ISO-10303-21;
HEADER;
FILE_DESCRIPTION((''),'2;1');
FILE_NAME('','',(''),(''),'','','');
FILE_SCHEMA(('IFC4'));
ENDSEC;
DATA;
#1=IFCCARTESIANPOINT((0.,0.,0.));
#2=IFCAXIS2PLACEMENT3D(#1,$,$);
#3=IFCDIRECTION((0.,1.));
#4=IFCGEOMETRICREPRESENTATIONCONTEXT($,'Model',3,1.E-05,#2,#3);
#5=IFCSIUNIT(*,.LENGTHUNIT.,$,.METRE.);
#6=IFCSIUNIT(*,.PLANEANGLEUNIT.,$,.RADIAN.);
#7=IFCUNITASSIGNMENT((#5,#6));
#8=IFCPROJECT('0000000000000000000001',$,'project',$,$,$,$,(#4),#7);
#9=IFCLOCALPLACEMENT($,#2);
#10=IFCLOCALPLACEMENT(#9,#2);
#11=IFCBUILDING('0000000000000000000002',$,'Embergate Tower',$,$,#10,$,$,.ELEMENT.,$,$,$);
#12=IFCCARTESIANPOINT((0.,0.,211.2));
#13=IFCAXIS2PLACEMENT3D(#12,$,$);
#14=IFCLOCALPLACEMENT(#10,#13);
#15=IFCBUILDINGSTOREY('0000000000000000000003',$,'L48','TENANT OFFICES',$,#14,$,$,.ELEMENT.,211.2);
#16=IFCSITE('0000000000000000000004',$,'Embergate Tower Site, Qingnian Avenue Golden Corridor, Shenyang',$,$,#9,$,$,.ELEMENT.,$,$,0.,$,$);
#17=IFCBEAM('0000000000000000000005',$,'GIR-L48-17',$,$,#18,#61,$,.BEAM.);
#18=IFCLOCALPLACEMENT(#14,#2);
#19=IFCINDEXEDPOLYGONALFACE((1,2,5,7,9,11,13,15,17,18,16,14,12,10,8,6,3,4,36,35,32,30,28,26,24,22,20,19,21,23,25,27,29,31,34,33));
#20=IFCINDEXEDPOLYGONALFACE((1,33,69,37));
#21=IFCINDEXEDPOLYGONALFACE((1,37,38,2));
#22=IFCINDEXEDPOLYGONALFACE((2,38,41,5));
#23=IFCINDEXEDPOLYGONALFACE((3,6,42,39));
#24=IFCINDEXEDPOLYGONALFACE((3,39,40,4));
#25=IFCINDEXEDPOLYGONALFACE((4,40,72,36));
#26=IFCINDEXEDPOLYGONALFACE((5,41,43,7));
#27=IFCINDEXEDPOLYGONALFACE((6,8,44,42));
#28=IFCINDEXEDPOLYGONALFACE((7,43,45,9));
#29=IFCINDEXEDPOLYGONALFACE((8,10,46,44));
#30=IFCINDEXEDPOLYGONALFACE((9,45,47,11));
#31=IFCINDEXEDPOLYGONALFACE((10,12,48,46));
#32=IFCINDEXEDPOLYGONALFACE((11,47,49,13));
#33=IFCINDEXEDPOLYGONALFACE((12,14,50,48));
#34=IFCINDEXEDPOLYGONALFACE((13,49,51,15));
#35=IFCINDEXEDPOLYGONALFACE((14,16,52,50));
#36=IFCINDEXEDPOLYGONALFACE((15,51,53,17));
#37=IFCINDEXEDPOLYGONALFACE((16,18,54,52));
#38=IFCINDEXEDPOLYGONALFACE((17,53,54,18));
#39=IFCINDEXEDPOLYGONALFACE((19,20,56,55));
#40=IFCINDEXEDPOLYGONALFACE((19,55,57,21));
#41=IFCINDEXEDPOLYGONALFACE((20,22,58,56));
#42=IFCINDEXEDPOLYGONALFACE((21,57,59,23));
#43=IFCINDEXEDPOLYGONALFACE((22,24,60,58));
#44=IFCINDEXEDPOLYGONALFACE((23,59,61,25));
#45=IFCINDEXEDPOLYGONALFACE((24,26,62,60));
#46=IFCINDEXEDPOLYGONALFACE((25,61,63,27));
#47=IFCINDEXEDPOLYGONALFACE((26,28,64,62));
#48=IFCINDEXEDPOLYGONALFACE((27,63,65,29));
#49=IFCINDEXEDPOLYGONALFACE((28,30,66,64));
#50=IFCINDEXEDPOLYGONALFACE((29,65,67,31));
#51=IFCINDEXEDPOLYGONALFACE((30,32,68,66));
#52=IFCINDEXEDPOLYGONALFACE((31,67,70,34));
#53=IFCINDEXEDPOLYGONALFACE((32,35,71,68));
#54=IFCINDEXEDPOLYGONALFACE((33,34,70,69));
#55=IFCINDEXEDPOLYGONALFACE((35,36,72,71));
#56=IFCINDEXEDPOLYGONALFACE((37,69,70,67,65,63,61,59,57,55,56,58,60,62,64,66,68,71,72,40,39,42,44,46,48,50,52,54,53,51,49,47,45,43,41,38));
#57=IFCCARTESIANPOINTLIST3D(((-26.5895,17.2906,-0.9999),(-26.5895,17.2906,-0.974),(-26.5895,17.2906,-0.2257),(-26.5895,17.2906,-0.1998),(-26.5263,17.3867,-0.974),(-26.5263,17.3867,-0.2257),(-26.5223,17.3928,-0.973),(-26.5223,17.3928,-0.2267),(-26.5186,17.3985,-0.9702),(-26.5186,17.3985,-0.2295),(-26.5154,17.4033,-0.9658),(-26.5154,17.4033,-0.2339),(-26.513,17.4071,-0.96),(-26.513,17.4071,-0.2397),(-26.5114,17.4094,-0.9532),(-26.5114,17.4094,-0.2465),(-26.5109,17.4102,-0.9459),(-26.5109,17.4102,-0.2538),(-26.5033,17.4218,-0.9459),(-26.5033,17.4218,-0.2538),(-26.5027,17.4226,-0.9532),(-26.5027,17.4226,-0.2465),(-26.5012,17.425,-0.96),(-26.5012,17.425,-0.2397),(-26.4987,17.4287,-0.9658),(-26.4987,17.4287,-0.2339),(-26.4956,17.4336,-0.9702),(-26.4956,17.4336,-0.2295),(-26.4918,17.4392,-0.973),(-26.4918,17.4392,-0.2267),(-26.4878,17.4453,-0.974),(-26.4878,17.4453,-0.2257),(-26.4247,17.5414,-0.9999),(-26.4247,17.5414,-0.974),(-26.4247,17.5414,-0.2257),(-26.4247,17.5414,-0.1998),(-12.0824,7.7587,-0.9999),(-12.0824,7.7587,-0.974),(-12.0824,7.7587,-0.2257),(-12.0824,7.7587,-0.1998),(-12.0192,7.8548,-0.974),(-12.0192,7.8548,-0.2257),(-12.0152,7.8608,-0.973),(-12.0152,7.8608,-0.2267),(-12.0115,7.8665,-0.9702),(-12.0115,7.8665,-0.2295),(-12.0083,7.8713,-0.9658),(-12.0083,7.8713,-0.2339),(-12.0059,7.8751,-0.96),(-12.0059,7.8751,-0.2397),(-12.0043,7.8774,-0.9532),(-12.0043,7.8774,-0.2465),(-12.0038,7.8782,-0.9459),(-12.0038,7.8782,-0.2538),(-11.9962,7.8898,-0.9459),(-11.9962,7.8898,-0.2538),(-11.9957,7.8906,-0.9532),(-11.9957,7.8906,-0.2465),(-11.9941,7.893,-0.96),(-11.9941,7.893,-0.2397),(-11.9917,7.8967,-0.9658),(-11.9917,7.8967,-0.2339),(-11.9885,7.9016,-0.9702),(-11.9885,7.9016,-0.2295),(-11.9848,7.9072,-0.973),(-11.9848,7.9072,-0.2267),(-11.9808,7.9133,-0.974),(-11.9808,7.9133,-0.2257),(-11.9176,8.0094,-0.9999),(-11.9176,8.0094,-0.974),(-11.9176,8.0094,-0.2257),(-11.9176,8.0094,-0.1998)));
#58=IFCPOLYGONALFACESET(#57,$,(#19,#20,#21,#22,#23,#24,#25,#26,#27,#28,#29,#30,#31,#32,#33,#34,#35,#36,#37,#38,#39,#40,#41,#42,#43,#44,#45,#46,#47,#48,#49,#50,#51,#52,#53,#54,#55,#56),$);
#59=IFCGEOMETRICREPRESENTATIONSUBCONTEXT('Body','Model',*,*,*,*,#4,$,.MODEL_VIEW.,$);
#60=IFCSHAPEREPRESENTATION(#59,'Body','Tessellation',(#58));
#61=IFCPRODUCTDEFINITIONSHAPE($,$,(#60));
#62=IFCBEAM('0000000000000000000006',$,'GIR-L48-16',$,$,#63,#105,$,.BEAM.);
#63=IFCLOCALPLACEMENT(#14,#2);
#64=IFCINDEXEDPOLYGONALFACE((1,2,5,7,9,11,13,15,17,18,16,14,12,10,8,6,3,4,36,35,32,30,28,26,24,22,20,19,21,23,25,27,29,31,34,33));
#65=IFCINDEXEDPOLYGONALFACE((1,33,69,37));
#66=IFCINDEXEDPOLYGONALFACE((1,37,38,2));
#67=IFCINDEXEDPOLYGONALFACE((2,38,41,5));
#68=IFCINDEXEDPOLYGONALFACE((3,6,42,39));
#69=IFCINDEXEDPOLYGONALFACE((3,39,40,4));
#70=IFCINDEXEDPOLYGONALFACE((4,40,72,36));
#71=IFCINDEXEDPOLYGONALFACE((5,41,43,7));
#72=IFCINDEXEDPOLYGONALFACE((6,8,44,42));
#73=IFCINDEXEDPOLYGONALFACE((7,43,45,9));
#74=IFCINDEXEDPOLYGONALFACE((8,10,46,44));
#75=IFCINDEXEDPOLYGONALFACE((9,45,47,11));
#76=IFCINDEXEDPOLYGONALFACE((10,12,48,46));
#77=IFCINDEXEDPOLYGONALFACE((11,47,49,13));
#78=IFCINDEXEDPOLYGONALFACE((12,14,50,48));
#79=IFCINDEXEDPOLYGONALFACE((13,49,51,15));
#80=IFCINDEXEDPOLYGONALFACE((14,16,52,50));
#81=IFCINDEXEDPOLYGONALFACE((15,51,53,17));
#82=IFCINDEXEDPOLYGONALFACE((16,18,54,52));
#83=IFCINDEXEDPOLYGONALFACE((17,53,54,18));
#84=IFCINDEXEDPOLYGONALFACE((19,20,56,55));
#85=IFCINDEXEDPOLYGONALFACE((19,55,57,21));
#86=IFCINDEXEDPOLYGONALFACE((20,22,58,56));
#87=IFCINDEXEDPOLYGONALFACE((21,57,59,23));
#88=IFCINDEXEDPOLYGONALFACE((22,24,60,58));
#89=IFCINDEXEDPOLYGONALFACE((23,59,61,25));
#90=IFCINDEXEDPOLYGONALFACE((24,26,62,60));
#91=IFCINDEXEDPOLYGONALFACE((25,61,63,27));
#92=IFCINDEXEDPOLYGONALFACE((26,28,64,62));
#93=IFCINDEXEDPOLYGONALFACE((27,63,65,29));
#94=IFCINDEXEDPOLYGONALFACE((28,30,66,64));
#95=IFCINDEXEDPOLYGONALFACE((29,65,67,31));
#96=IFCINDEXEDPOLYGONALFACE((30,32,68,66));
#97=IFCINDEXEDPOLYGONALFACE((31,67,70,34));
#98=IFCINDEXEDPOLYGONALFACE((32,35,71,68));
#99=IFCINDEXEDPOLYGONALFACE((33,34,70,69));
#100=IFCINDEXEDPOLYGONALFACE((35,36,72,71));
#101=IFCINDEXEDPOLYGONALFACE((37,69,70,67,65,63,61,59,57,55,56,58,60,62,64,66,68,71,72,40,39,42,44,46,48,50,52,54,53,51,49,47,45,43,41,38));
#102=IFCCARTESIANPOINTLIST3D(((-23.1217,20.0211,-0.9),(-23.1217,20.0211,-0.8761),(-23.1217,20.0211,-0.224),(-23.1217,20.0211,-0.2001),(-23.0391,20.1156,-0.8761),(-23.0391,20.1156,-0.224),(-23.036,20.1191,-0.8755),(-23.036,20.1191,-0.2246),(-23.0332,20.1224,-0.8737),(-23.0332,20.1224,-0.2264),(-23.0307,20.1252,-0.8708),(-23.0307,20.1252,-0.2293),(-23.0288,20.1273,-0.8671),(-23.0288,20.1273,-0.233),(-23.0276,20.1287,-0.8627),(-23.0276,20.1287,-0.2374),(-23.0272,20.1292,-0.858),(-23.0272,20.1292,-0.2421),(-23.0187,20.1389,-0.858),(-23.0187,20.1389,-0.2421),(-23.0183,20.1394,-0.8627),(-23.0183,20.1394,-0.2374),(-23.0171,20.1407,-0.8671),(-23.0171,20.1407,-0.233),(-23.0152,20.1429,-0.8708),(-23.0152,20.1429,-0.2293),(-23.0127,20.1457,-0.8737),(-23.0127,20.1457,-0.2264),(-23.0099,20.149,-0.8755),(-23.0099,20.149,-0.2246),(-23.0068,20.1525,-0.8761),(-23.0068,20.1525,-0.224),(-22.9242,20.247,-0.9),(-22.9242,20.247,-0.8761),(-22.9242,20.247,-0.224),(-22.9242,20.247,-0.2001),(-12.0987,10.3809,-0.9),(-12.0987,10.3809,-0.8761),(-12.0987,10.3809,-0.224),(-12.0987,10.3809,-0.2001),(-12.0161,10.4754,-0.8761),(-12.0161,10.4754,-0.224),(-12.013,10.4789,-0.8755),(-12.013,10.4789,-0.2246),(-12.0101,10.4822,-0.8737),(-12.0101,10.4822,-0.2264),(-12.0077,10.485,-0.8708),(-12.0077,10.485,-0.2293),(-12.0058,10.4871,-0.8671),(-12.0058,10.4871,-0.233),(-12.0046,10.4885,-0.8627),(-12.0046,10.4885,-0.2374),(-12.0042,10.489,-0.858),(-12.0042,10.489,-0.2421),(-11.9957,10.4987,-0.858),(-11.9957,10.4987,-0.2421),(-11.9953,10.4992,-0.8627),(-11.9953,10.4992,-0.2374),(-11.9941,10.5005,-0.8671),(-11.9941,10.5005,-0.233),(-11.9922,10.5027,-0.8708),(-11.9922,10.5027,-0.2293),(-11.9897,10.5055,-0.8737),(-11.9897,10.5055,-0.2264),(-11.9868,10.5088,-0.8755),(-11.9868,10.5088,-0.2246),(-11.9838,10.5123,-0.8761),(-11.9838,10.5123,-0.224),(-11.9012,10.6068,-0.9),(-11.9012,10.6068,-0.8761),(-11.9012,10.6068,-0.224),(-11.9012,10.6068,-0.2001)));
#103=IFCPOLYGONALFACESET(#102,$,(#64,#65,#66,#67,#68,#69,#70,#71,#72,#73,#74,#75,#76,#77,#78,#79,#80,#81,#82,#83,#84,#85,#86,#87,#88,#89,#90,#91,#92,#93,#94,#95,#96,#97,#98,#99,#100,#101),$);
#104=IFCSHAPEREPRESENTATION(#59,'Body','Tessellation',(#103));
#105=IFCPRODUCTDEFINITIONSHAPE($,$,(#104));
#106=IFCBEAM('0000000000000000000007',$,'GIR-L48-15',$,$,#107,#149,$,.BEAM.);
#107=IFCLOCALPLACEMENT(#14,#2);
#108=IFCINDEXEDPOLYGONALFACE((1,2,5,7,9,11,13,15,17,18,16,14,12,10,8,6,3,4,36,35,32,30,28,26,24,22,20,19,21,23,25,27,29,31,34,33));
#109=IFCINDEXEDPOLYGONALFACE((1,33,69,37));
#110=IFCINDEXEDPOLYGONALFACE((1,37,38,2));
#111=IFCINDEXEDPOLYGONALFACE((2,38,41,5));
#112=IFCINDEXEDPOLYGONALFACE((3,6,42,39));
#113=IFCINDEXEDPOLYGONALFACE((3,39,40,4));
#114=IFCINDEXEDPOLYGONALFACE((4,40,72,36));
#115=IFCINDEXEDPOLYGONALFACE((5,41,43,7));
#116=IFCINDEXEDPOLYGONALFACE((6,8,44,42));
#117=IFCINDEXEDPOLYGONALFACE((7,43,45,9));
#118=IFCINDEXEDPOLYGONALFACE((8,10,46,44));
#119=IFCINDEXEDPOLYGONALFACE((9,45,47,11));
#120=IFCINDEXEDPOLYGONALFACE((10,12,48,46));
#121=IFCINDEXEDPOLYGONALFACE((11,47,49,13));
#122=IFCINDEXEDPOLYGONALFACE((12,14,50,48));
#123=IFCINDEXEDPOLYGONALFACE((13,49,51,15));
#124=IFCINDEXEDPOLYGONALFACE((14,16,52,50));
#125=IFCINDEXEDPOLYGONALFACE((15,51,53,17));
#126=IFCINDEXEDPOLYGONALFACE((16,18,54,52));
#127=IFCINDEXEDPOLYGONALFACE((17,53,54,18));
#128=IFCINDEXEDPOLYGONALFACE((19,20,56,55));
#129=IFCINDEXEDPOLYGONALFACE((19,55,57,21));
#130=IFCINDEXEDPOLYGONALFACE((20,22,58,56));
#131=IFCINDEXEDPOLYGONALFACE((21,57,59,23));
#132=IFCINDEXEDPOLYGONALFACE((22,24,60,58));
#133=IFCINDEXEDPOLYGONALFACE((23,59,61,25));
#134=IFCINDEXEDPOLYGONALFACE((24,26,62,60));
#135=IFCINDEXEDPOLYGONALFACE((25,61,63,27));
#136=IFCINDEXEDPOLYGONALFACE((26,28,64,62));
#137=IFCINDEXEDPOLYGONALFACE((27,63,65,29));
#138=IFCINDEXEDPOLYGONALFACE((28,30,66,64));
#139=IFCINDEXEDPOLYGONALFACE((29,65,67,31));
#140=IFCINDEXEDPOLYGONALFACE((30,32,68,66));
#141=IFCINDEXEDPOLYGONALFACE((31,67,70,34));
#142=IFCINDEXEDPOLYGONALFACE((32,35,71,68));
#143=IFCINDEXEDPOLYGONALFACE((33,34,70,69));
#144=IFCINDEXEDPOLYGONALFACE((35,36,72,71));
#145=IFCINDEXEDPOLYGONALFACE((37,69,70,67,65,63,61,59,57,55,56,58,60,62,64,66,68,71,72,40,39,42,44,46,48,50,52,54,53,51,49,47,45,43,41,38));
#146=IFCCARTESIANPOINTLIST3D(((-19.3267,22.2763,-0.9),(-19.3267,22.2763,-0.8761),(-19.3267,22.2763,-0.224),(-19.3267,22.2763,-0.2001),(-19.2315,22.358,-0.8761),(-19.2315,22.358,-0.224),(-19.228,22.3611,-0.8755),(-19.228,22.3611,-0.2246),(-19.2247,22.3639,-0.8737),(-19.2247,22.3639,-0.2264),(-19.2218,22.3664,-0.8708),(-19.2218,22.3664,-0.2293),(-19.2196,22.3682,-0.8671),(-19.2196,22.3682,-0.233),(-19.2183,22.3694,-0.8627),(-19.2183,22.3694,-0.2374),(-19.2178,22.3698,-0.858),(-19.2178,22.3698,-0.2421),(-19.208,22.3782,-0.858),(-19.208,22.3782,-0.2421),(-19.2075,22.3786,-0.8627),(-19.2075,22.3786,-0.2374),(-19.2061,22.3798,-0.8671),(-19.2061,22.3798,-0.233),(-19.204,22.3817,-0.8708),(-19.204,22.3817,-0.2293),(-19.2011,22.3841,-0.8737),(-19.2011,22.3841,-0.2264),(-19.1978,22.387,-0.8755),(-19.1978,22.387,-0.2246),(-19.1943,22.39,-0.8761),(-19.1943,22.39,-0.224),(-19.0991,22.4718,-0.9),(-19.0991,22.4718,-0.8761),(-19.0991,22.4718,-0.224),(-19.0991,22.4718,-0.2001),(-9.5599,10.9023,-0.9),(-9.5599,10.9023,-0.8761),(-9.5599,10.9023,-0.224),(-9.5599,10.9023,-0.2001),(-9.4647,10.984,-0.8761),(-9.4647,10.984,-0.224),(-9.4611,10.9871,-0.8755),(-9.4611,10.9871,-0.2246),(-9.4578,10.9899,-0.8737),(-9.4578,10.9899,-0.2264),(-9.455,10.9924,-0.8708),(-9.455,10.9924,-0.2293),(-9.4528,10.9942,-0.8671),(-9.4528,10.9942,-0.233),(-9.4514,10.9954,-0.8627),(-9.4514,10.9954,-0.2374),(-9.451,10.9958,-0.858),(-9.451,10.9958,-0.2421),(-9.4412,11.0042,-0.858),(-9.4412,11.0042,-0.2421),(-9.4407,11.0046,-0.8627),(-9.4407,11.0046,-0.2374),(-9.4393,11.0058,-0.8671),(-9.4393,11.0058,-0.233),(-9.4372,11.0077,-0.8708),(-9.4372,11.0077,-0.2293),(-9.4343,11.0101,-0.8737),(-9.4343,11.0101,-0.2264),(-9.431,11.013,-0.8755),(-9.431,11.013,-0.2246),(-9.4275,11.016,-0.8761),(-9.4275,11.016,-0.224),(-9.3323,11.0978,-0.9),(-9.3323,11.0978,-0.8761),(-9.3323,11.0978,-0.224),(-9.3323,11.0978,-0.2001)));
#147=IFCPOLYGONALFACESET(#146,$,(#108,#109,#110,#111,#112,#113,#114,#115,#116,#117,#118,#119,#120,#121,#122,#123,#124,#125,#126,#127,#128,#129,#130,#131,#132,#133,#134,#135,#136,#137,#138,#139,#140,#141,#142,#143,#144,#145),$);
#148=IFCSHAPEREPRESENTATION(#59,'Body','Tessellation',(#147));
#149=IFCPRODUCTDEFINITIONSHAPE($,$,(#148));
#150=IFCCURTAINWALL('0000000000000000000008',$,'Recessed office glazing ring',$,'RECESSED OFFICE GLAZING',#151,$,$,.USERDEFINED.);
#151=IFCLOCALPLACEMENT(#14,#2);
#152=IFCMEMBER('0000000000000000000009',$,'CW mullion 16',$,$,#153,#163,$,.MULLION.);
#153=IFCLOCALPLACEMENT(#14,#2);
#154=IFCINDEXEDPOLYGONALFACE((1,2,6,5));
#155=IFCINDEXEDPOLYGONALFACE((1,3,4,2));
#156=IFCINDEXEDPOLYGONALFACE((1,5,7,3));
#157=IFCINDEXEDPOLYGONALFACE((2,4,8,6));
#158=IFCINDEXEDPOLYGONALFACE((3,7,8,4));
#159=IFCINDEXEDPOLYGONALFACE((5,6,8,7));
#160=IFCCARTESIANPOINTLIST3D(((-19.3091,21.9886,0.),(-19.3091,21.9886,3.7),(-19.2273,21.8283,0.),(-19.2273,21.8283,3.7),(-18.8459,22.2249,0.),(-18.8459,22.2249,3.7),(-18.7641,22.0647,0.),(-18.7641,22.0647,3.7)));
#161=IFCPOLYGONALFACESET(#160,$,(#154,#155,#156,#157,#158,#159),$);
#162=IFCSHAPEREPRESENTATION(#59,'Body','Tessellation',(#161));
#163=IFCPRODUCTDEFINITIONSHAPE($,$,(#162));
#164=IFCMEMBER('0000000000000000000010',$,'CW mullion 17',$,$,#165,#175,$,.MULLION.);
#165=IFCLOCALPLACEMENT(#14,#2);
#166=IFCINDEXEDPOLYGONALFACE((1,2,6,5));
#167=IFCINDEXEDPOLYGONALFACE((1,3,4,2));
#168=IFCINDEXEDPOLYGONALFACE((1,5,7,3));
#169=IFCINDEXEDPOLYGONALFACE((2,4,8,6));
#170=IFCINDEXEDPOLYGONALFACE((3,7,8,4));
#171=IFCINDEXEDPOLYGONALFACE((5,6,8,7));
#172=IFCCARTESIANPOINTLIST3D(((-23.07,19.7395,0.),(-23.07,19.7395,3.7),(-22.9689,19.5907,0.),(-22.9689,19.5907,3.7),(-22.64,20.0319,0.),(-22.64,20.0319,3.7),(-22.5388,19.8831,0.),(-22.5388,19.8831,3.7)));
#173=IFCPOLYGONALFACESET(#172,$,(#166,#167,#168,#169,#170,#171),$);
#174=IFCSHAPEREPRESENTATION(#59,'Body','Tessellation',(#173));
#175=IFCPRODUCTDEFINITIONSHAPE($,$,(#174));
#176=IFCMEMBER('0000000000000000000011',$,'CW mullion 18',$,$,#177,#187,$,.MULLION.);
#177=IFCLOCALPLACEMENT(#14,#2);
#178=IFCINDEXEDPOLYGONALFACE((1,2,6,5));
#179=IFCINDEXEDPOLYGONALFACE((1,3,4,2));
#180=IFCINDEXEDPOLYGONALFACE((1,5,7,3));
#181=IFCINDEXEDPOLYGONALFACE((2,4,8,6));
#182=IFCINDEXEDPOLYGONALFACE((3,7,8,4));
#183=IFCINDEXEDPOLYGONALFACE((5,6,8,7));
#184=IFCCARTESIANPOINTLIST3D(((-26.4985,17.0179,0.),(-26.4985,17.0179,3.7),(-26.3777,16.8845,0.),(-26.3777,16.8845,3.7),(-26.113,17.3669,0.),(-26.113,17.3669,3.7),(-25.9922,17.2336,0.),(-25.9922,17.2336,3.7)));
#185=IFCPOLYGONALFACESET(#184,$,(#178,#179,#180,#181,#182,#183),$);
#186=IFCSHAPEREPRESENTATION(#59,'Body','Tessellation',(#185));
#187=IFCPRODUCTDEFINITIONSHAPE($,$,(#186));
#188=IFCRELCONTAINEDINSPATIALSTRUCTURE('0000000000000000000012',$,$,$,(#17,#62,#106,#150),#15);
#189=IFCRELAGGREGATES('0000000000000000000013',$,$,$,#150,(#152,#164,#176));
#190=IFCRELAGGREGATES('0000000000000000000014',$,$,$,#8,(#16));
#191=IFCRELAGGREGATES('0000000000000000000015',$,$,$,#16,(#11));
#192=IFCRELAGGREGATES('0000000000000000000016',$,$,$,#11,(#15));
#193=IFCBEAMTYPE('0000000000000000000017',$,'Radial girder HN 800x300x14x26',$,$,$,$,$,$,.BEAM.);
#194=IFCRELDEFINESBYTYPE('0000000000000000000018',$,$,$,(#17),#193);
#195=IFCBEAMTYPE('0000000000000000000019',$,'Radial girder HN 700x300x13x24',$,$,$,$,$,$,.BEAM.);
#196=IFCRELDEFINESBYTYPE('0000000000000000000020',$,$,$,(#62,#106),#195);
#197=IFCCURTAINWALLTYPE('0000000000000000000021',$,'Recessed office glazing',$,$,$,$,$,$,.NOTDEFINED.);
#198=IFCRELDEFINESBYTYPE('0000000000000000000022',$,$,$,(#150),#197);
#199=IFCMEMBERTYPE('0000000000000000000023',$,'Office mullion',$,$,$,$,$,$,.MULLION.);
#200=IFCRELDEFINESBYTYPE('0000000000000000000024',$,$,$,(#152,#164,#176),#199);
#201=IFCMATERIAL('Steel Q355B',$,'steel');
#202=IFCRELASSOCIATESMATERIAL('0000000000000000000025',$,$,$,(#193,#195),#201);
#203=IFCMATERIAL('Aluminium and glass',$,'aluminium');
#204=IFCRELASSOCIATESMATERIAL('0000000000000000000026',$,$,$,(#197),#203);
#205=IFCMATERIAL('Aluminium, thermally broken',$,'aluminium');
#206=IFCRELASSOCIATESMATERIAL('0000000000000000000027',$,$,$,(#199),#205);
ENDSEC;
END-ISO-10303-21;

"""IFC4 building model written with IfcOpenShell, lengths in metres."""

from ifc_helpers import new_model, si_unit, direction, frame, origin, origin_2d, place, context, subcontext, project, spatial, rectangle, i_section, extrude, source, transform, mapped, material, material_profile, profile_set, type_object, element, aggregate, save


model = new_model("IFC4")

# Units and contexts
model_context = context("Model", 3, precision=1e-05, world=origin(), true_north=direction((0.0, 1.0)))
body_context = subcontext(model_context, "Body", "Model", "MODEL_VIEW")
ifc_project = project(units=[si_unit("LENGTHUNIT", "METRE"), si_unit("PLANEANGLEUNIT", "RADIAN")], contexts=[model_context])

# Site, building, storey
site_placement = place(None, origin())
site = spatial("IfcSite", under=ifc_project, at=site_placement, Name="Embergate Tower Site, Qingnian Avenue Golden Corridor, Shenyang", CompositionType="ELEMENT", RefElevation=0.0)
building_placement = place(site_placement, origin())
building = spatial("IfcBuilding", under=site, at=building_placement, Name="Embergate Tower", CompositionType="ELEMENT")
storey_placement = place(building_placement, frame((0.0, 0.0, 211.2)))
storey = spatial("IfcBuildingStorey", under=building, at=storey_placement, Name="L48", Description="TENANT OFFICES", CompositionType="ELEMENT", Elevation=211.2)

# Beams
ifc_material_1 = material(Name="Steel Q355B", Category="steel")
ifc_material_profile_1 = material_profile(ifc_material_1, i_section(OverallWidth=0.3, OverallDepth=0.8, WebThickness=0.0139, FlangeThickness=0.0259, FilletRadius=0.0281, at=origin_2d()), Name="HN 800x300x14x26")
ifc_profile_set_1 = profile_set([ifc_material_profile_1], Name="Steel Q355 grade B")
beam_type_1 = type_object("IfcBeamType", Name="Radial girder HN 800x300x14x26", PredefinedType="BEAM", material=ifc_profile_set_1)
shared_shape_1 = source(origin(), body_context, "Body", "SweptSolid", [
    extrude(i_section(OverallWidth=0.3, OverallDepth=0.8, WebThickness=0.0139, FlangeThickness=0.0259, FilletRadius=0.0281, at=origin_2d()), origin(), (0.0, 0.0, 1.0), 17.3584),
])
beam_1_placement = place(storey_placement, frame((-26.5071, 17.416, -0.5999), z_axis=(0.835738, -0.549128, 0.0), x_axis=(0.549128, 0.835738, 0.0)))
element("IfcBeam", 1, at=beam_1_placement, inside=storey, type_object=beam_type_1, Name="GIR-L48-17", PredefinedType="BEAM", context=body_context, shape_type="MappedRepresentation", body=[
    mapped(shared_shape_1, transform((0.0, 0.0, 0.0))),
])
ifc_material_profile_2 = material_profile(ifc_material_1, i_section(OverallWidth=0.3, OverallDepth=0.7, WebThickness=0.0129, FlangeThickness=0.0239, FilletRadius=0.0181, at=origin_2d()), Name="HN 700x300x13x24")
ifc_profile_set_2 = profile_set([ifc_material_profile_2], Name="Steel Q355 grade B")
beam_type_2 = type_object("IfcBeamType", Name="Radial girder HN 700x300x13x24", PredefinedType="BEAM", material=ifc_profile_set_2)
shared_shape_2 = source(origin(), body_context, "Body", "SweptSolid", [
    extrude(i_section(OverallWidth=0.3, OverallDepth=0.7, WebThickness=0.0129, FlangeThickness=0.0239, FilletRadius=0.0181, at=origin_2d()), origin(), (0.0, 0.0, 1.0), 14.6438),
])
beam_2_placement = place(storey_placement, frame((-23.0229, 20.134, -0.55), z_axis=(0.752744, -0.658313, 0.0), x_axis=(0.658313, 0.752744, 0.0)))
element("IfcBeam", 2, at=beam_2_placement, inside=storey, type_object=beam_type_2, Name="GIR-L48-16", PredefinedType="BEAM", context=body_context, shape_type="MappedRepresentation", body=[
    mapped(shared_shape_2, transform((0.0, 0.0, 0.0))),
])
shared_shape_3 = source(origin(), body_context, "Body", "SweptSolid", [
    extrude(i_section(OverallWidth=0.3, OverallDepth=0.7, WebThickness=0.0129, FlangeThickness=0.0239, FilletRadius=0.0181, at=origin_2d()), origin(), (0.0, 0.0, 1.0), 14.9919),
])
beam_3_placement = place(storey_placement, frame((-19.2129, 22.374, -0.55), z_axis=(0.651471, -0.758673, 0.0), x_axis=(0.758673, 0.651471, 0.0)))
element("IfcBeam", 3, at=beam_3_placement, inside=storey, type_object=beam_type_2, Name="GIR-L48-15", PredefinedType="BEAM", context=body_context, shape_type="MappedRepresentation", body=[
    mapped(shared_shape_3, transform((0.0, 0.0, 0.0))),
])

# Curtain wall, members
ifc_material_2 = material(Name="Aluminium and glass", Category="aluminium")
curtain_wall_type = type_object("IfcCurtainWallType", Name="Recessed office glazing", PredefinedType="NOTDEFINED", material=ifc_material_2)
curtain_wall_placement = place(storey_placement, origin())
curtain_wall = element("IfcCurtainWall", 4, at=curtain_wall_placement, inside=storey, type_object=curtain_wall_type, Name="Recessed office glazing ring", ObjectType="RECESSED OFFICE GLAZING", PredefinedType="USERDEFINED")
ifc_material_3 = material(Name="Aluminium, thermally broken", Category="aluminium")
ifc_material_profile_3 = material_profile(ifc_material_3, rectangle(XDim=0.1799, YDim=0.52, at=origin_2d()), Name="AL 520x180")
ifc_profile_set_3 = profile_set([ifc_material_profile_3], Name="Aluminium, thermally broken")
member_type_1 = type_object("IfcMemberType", Name="Office mullion", PredefinedType="MULLION", material=ifc_profile_set_3)
shared_shape_4 = source(origin(), body_context, "Body", "SweptSolid", [
    extrude(rectangle(XDim=0.1799, YDim=0.52, at=origin_2d()), origin(), (0.0, 0.0, 1.0), 3.7),
])
member_1_placement = place(storey_placement, frame((-19.0366, 22.0266, 0.0), z_axis=(0.0, 0.0, 1.0), x_axis=(0.454514, -0.890739, 0.0)))
member_1 = element("IfcMember", 5, at=member_1_placement, type_object=member_type_1, Name="CW mullion 16", PredefinedType="MULLION", context=body_context, shape_type="MappedRepresentation", body=[
    mapped(shared_shape_4, transform((0.0, 0.0, 0.0))),
])
member_2_placement = place(storey_placement, frame((-22.8044, 19.8113, 0.0), z_axis=(0.0, 0.0, 1.0), x_axis=(0.562221, -0.826987, 0.0)))
member_2 = element("IfcMember", 6, at=member_2_placement, type_object=member_type_1, Name="CW mullion 17", PredefinedType="MULLION", context=body_context, shape_type="MappedRepresentation", body=[
    mapped(shared_shape_4, transform((0.0, 0.0, 0.0))),
])
member_3_placement = place(storey_placement, frame((-26.2454, 17.1257, 0.0), z_axis=(0.0, 0.0, 1.0), x_axis=(0.67123, -0.741249, 0.0)))
member_3 = element("IfcMember", 7, at=member_3_placement, type_object=member_type_1, Name="CW mullion 18", PredefinedType="MULLION", context=body_context, shape_type="MappedRepresentation", body=[
    mapped(shared_shape_4, transform((0.0, 0.0, 0.0))),
])
aggregate(curtain_wall, [member_1, member_2, member_3])

save(model, "model.ifc")
